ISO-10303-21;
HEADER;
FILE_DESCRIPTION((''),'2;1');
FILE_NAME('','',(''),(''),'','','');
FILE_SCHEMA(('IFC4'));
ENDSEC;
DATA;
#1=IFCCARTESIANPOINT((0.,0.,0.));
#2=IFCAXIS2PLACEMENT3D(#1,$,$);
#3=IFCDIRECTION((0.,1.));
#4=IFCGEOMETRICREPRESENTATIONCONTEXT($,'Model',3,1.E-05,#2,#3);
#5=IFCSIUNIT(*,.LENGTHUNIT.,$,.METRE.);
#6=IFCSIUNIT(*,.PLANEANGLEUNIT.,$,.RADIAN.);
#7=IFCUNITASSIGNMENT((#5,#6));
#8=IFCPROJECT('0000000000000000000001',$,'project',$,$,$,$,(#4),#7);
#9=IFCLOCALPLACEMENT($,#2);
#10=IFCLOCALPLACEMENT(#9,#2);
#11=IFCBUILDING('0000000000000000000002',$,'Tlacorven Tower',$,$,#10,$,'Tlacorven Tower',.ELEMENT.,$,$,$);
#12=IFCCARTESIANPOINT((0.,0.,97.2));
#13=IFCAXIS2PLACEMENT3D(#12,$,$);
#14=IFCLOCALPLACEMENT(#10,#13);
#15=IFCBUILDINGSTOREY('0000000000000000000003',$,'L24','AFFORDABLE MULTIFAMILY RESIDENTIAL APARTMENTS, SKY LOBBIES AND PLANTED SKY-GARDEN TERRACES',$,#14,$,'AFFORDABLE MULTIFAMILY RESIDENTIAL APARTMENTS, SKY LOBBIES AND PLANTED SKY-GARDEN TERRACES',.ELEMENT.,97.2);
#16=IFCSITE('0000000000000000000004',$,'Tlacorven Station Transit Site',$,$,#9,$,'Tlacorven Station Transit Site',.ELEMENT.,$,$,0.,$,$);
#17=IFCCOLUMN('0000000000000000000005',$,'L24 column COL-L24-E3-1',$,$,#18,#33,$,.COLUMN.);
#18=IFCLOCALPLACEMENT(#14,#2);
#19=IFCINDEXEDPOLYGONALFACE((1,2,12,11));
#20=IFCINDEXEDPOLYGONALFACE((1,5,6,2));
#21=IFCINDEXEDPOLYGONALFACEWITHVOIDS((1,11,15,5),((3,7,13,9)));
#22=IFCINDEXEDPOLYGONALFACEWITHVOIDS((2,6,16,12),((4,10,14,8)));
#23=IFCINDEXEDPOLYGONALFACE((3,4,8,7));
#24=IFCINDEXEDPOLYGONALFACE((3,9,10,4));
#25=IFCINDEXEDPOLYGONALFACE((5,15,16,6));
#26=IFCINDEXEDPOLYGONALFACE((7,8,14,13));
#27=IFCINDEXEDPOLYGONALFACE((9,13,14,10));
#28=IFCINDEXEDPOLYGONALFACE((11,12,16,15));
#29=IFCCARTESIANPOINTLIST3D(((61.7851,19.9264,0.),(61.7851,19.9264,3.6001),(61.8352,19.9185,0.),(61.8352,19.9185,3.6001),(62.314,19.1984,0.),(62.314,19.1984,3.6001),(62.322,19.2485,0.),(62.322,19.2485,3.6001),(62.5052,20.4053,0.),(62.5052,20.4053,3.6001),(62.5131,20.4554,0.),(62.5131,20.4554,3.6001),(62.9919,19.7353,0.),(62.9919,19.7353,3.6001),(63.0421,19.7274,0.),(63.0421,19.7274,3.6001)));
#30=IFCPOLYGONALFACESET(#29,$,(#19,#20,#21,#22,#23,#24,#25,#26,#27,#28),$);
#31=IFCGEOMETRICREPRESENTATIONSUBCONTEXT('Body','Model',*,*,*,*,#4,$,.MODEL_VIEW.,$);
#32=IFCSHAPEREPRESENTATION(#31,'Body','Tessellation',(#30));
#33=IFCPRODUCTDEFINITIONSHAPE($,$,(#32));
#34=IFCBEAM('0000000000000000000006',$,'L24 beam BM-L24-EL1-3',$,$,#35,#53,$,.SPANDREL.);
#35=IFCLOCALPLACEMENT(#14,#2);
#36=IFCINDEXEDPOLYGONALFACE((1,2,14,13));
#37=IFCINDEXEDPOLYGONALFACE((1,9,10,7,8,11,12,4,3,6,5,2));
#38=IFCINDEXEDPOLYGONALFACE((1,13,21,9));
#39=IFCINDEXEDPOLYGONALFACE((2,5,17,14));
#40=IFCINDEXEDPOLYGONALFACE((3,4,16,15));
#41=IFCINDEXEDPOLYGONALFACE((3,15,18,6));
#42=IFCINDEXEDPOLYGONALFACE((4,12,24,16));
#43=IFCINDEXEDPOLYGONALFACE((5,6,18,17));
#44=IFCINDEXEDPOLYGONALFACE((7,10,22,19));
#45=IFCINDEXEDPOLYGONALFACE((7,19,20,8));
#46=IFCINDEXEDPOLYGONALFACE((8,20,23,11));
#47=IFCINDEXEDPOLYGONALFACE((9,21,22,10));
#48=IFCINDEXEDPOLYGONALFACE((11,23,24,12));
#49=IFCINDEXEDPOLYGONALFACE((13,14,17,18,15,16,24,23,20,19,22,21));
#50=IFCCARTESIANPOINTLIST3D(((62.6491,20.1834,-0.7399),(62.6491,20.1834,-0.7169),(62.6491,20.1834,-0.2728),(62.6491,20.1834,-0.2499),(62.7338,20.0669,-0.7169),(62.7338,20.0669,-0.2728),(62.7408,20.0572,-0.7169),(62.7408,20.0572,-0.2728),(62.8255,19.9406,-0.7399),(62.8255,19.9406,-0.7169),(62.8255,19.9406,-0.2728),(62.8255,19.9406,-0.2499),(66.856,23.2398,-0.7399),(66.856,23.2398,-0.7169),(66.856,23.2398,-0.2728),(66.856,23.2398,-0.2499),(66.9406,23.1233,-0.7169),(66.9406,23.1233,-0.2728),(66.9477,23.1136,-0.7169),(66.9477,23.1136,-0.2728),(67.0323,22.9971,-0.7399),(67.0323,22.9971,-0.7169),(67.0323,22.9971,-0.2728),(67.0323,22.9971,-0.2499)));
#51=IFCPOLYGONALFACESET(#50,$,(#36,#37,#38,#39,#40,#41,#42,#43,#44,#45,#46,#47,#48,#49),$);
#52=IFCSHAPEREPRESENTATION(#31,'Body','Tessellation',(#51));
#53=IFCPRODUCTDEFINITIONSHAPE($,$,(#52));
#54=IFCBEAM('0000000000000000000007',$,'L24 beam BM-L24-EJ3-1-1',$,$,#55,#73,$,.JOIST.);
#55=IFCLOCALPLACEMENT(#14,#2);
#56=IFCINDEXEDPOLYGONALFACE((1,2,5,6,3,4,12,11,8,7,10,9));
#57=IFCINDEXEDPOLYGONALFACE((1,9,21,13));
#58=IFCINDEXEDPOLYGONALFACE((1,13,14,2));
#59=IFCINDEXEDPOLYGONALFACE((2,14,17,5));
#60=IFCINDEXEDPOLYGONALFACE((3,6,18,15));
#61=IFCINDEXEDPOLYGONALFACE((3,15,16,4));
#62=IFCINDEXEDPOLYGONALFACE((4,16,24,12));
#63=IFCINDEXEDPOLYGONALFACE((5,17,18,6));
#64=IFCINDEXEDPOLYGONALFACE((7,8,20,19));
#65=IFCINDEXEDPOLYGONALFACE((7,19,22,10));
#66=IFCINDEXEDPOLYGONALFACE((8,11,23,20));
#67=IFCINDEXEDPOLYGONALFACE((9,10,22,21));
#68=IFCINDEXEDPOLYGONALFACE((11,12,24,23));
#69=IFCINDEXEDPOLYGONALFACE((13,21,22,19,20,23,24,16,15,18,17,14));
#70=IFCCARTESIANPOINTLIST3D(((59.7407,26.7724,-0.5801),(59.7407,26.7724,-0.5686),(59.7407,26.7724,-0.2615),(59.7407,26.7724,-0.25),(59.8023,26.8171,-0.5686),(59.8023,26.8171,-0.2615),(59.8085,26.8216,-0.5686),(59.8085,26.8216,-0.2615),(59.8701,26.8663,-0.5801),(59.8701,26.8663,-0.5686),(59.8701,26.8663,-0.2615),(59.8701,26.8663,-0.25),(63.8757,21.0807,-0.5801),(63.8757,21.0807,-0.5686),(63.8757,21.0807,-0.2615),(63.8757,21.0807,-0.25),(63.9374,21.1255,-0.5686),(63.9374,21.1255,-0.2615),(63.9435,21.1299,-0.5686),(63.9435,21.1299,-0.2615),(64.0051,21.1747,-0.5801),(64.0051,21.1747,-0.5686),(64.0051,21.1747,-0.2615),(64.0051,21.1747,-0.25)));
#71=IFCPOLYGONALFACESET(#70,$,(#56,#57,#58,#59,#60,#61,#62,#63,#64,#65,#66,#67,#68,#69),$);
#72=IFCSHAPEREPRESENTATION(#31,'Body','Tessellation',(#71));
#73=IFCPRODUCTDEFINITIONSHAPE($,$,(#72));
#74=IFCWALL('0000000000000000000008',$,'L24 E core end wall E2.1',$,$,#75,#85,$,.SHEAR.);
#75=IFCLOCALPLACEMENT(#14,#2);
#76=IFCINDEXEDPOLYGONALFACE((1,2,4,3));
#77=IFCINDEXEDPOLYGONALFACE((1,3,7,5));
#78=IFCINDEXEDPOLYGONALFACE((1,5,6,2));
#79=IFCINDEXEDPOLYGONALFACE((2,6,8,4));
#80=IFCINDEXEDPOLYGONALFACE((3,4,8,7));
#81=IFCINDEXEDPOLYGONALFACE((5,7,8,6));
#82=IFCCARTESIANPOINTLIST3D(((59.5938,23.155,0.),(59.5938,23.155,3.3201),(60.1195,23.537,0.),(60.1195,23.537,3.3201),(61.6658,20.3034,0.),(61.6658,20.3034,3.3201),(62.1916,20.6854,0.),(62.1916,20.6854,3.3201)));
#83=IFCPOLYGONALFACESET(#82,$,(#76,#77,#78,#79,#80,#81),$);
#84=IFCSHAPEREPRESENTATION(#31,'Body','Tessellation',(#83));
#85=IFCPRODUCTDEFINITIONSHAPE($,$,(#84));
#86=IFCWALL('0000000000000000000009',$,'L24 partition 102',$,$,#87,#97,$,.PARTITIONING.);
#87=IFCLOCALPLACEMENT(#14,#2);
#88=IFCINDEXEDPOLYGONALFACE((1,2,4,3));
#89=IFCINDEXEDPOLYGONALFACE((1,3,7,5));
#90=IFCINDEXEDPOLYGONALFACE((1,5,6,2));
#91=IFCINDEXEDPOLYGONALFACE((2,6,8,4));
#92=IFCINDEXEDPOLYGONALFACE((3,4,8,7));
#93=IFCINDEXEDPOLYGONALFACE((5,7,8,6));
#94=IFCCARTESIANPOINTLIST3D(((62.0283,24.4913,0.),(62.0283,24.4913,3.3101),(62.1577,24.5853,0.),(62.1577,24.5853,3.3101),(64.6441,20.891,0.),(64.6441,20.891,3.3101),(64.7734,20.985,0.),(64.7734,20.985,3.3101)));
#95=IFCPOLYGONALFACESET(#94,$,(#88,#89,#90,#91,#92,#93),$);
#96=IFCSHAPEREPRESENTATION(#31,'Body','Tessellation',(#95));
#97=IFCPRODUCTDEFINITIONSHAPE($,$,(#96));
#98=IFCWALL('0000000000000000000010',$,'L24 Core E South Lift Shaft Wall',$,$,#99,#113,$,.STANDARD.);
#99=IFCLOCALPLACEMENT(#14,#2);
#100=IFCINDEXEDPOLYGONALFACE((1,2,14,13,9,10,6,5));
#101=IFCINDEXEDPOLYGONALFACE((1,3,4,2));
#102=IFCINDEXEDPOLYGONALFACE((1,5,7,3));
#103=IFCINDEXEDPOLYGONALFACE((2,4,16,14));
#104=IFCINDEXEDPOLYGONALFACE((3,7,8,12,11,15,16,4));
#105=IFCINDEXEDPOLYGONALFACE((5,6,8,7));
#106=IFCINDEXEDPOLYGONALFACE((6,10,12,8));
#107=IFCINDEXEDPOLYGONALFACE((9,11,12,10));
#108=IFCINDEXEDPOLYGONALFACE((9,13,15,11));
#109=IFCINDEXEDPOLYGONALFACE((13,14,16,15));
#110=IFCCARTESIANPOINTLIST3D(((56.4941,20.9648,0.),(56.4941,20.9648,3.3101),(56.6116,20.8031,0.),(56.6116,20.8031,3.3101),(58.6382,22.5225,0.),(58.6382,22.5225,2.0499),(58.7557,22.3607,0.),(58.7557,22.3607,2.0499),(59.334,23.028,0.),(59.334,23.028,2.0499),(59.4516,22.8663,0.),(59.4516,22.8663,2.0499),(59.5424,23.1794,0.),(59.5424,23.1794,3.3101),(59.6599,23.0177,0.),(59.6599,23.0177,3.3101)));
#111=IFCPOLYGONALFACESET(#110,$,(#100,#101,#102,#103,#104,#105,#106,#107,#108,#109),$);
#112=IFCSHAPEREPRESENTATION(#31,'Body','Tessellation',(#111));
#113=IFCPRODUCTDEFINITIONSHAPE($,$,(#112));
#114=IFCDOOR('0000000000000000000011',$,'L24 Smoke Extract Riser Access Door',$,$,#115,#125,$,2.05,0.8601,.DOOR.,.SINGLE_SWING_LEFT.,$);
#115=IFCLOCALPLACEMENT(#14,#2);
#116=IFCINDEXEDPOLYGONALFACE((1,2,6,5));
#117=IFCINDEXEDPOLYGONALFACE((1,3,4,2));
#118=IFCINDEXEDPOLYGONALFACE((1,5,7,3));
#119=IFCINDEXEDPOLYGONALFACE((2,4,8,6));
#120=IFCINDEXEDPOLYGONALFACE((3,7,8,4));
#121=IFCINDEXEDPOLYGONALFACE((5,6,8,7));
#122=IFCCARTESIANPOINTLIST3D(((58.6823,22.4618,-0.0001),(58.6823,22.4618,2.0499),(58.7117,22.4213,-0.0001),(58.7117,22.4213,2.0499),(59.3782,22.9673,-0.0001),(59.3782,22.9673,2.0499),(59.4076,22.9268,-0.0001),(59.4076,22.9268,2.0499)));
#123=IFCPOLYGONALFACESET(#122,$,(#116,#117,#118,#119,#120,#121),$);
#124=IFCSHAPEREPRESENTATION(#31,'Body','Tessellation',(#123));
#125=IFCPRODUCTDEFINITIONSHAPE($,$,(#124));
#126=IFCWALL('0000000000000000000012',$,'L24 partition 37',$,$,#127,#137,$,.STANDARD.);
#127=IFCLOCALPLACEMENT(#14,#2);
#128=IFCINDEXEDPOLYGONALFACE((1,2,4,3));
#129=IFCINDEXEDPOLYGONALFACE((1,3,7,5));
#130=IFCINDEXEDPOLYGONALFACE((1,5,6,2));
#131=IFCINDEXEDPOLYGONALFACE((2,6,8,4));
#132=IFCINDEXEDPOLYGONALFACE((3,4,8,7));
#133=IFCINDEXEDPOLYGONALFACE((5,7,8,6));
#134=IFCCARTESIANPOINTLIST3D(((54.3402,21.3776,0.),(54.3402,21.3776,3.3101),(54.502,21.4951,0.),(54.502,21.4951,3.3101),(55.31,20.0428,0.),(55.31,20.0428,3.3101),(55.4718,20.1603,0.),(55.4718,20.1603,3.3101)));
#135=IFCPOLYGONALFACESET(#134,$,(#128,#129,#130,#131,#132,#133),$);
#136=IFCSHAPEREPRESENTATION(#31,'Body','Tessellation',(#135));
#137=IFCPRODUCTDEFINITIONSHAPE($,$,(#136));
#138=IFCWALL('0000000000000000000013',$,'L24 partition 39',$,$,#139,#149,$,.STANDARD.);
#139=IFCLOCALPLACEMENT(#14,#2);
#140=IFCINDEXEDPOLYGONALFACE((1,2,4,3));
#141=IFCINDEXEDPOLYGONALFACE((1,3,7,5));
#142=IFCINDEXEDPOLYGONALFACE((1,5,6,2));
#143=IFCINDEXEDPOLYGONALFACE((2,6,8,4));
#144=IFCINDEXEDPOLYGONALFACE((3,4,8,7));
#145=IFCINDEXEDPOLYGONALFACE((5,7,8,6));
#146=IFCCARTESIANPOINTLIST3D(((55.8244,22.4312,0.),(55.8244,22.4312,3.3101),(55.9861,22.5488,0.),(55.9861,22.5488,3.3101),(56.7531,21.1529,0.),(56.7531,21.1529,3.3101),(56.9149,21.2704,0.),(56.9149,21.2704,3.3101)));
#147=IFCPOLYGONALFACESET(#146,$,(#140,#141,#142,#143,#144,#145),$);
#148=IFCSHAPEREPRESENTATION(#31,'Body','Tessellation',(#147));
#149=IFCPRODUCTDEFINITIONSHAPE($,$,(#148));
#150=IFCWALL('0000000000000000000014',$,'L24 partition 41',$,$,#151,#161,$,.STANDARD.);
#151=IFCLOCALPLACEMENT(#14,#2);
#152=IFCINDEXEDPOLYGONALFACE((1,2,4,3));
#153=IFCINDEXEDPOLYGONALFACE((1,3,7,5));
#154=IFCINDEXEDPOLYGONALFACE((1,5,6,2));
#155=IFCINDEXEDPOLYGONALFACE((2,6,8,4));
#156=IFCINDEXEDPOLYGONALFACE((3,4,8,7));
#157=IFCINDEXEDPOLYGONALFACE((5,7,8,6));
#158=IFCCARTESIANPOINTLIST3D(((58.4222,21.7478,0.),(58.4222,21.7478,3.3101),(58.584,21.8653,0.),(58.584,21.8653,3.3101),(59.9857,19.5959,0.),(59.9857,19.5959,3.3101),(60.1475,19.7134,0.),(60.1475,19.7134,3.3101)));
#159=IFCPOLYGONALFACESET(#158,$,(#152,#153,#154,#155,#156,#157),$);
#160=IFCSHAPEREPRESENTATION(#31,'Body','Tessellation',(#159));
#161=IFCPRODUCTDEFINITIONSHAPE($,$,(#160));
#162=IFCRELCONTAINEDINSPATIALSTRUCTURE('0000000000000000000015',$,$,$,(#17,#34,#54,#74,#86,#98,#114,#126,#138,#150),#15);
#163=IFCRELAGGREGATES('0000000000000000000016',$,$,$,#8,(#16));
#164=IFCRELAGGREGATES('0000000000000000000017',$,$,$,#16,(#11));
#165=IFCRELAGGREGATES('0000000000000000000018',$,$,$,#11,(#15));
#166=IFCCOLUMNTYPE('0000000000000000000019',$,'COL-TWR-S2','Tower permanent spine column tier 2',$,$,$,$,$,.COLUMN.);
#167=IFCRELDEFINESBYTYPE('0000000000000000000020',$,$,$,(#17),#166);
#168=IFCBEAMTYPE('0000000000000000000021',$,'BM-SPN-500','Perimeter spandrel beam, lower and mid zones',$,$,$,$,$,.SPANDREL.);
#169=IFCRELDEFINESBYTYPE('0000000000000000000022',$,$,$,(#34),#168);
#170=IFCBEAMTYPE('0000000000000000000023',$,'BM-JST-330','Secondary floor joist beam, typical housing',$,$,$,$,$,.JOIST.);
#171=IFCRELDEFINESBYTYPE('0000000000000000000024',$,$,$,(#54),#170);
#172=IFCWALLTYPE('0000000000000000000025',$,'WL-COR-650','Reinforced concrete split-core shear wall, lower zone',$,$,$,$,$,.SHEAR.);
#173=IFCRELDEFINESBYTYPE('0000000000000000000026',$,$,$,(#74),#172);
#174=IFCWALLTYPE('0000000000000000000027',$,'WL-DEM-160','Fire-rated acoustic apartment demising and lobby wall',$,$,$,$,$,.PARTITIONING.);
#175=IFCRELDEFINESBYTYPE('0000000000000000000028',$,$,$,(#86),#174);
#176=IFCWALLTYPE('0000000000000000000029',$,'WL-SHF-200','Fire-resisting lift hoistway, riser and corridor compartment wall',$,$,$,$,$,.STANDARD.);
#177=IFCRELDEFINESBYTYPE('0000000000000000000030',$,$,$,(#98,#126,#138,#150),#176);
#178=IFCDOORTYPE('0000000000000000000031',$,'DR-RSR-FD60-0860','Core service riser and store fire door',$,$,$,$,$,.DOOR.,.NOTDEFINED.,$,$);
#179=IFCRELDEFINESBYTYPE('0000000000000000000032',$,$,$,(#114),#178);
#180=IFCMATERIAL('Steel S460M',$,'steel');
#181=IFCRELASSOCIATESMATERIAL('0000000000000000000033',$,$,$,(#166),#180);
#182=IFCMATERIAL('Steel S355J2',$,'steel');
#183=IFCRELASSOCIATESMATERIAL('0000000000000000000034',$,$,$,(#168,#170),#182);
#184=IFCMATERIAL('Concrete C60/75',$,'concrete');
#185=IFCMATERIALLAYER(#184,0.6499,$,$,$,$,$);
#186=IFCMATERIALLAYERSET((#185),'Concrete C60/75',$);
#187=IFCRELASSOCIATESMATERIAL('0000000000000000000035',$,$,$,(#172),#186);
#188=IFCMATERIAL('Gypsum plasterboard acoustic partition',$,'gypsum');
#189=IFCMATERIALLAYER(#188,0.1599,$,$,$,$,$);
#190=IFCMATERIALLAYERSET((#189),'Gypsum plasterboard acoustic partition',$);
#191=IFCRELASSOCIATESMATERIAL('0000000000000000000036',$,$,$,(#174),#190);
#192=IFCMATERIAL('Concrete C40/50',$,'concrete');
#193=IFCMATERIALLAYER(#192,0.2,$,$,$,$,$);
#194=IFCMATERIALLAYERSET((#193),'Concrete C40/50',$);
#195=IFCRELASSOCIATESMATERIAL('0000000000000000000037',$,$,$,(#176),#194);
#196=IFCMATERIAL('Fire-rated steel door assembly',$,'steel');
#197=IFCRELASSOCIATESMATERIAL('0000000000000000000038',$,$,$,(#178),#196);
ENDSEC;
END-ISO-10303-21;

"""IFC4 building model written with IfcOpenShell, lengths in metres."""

from ifc_helpers import new_model, si_unit, direction, frame, frame_2d, origin, origin_2d, place, context, subcontext, project, spatial, rectangle, hollow_rectangle, i_section, extrude, source, transform, mapped, material, layer, layer_set, material_profile, profile_set, type_object, element, fill, save


model = new_model("IFC4")

# Units and contexts
model_context = context("Model", 3, precision=1e-05, world=origin(), true_north=direction((0.0, 1.0)))
body_context = subcontext(model_context, "Body", "Model", "MODEL_VIEW")
ifc_project = project(units=[si_unit("LENGTHUNIT", "METRE"), si_unit("PLANEANGLEUNIT", "RADIAN")], contexts=[model_context])

# Site, building, storey
site_placement = place(None, origin())
site = spatial("IfcSite", under=ifc_project, at=site_placement, Name="Tlacorven Station Transit Site", LongName="Tlacorven Station Transit Site", CompositionType="ELEMENT", RefElevation=0.0)
building_placement = place(site_placement, origin())
building = spatial("IfcBuilding", under=site, at=building_placement, Name="Tlacorven Tower", LongName="Tlacorven Tower", CompositionType="ELEMENT")
storey_placement = place(building_placement, frame((0.0, 0.0, 97.2)))
storey = spatial("IfcBuildingStorey", under=building, at=storey_placement, Name="L24", Description="AFFORDABLE MULTIFAMILY RESIDENTIAL APARTMENTS, SKY LOBBIES AND PLANTED SKY-GARDEN TERRACES", LongName="AFFORDABLE MULTIFAMILY RESIDENTIAL APARTMENTS, SKY LOBBIES AND PLANTED SKY-GARDEN TERRACES", CompositionType="ELEMENT", Elevation=97.2)

# Column
ifc_material_1 = material(Name="Steel S460M", Category="steel")
ifc_material_profile_1 = material_profile(ifc_material_1, hollow_rectangle(XDim=0.8999, YDim=0.8999, WallThickness=0.0359, at=origin_2d()), Name="BOX 900X900X36")
ifc_profile_set_1 = profile_set([ifc_material_profile_1], Name="Steel S460M")
column_type = type_object("IfcColumnType", Name="COL-TWR-S2", Description="Tower permanent spine column tier 2", PredefinedType="COLUMN", material=ifc_profile_set_1)
shared_shape_1 = source(origin(), body_context, "Body", "SweptSolid", [
    extrude(hollow_rectangle(XDim=0.8999, YDim=0.8999, WallThickness=0.0359, at=origin_2d()), origin(), (0.0, 0.0, 1.0), 3.6001),
])
column_placement = place(storey_placement, frame((62.4136, 19.8269, 0.0), z_axis=(0.0, 0.0, 1.0), x_axis=(0.809017, 0.587785, 0.0)))
element("IfcColumn", 1, at=column_placement, inside=storey, type_object=column_type, Name="L24 column COL-L24-E3-1", PredefinedType="COLUMN", context=body_context, shape_type="MappedRepresentation", body=[
    mapped(shared_shape_1, transform((0.0, 0.0, 0.0), scale=1.0)),
])

# Beams
ifc_material_2 = material(Name="Steel S355J2", Category="steel")
ifc_material_profile_2 = material_profile(ifc_material_2, i_section(OverallWidth=0.3, OverallDepth=0.49, WebThickness=0.012, FlangeThickness=0.0229, at=origin_2d()), Name="HEA 500")
ifc_profile_set_2 = profile_set([ifc_material_profile_2], Name="Steel S355J2")
beam_type_1 = type_object("IfcBeamType", Name="BM-SPN-500", Description="Perimeter spandrel beam, lower and mid zones", PredefinedType="SPANDREL", material=ifc_profile_set_2)
shared_shape_2 = source(origin(), body_context, "Body", "SweptSolid", [
    extrude(i_section(OverallWidth=0.3, OverallDepth=0.49, WebThickness=0.012, FlangeThickness=0.0229, at=origin_2d()), origin(), (0.0, 0.0, 1.0), 5.2),
])
beam_1_placement = place(storey_placement, frame((62.7373, 20.062, -0.4949), z_axis=(0.809018, 0.587784, 0.0), x_axis=(-0.587784, 0.809018, 0.0)))
element("IfcBeam", 2, at=beam_1_placement, inside=storey, type_object=beam_type_1, Name="L24 beam BM-L24-EL1-3", PredefinedType="SPANDREL", context=body_context, shape_type="MappedRepresentation", body=[
    mapped(shared_shape_2, transform((0.0, 0.0, 0.0), scale=1.0)),
])
ifc_material_profile_3 = material_profile(ifc_material_2, i_section(OverallWidth=0.1599, OverallDepth=0.3301, WebThickness=0.0076, FlangeThickness=0.0115, at=origin_2d()), Name="IPE 330")
ifc_profile_set_3 = profile_set([ifc_material_profile_3], Name="Steel S355J2")
beam_type_2 = type_object("IfcBeamType", Name="BM-JST-330", Description="Secondary floor joist beam, typical housing", PredefinedType="JOIST", material=ifc_profile_set_3)
shared_shape_3 = source(origin(), body_context, "Body", "SweptSolid", [
    extrude(i_section(OverallWidth=0.1599, OverallDepth=0.3301, WebThickness=0.0076, FlangeThickness=0.0115, at=origin_2d()), origin(), (0.0, 0.0, 1.0), 7.0352),
])
beam_2_placement = place(storey_placement, frame((63.9404, 21.1277, -0.415), z_axis=(-0.587765, 0.809032, 0.0), x_axis=(-0.809032, -0.587765, 0.0)))
element("IfcBeam", 3, at=beam_2_placement, inside=storey, type_object=beam_type_2, Name="L24 beam BM-L24-EJ3-1-1", PredefinedType="JOIST", context=body_context, shape_type="MappedRepresentation", body=[
    mapped(shared_shape_3, transform((0.0, 0.0, 0.0), scale=1.0)),
])

# Walls
ifc_material_3 = material(Name="Concrete C60/75", Category="concrete")
ifc_layer_1 = layer(ifc_material_3, 0.6499)
ifc_layer_set_1 = layer_set([ifc_layer_1], Name="Concrete C60/75")
wall_type_1 = type_object("IfcWallType", Name="WL-COR-650", Description="Reinforced concrete split-core shear wall, lower zone", PredefinedType="SHEAR", material=ifc_layer_set_1)
wall_1_placement = place(storey_placement, frame((61.9287, 20.4944, 0.0), z_axis=(0.0, 0.0, 1.0), x_axis=(-0.58783, 0.808985, 0.0)))
element("IfcWall", 4, at=wall_1_placement, inside=storey, type_object=wall_type_1, Name="L24 E core end wall E2.1", PredefinedType="SHEAR", context=body_context, shape_type="SweptSolid", body=[
    extrude(rectangle(XDim=3.5249, YDim=0.6499, at=frame_2d((1.7625, 0.0))), origin(), (0.0, 0.0, 1.0), 3.3201),
])
ifc_material_4 = material(Name="Gypsum plasterboard acoustic partition", Category="gypsum")
ifc_layer_2 = layer(ifc_material_4, 0.1599)
ifc_layer_set_2 = layer_set([ifc_layer_2], Name="Gypsum plasterboard acoustic partition")
wall_type_2 = type_object("IfcWallType", Name="WL-DEM-160", Description="Fire-rated acoustic apartment demising and lobby wall", PredefinedType="PARTITIONING", material=ifc_layer_set_2)
wall_2_placement = place(storey_placement, frame((64.7087, 20.938, 0.0), z_axis=(0.0, 0.0, 1.0), x_axis=(-0.587774, 0.809025, 0.0)))
element("IfcWall", 5, at=wall_2_placement, inside=storey, type_object=wall_type_2, Name="L24 partition 102", PredefinedType="PARTITIONING", context=body_context, shape_type="SweptSolid", body=[
    extrude(rectangle(XDim=4.4502, YDim=0.1599, at=frame_2d((2.2251, 0.0))), origin(), (0.0, 0.0, 1.0), 3.3101),
])

# Wall, opening, door
ifc_material_5 = material(Name="Concrete C40/50", Category="concrete")
ifc_layer_3 = layer(ifc_material_5, 0.2)
ifc_layer_set_3 = layer_set([ifc_layer_3], Name="Concrete C40/50")
wall_type_3 = type_object("IfcWallType", Name="WL-SHF-200", Description="Fire-resisting lift hoistway, riser and corridor compartment wall", PredefinedType="STANDARD", material=ifc_layer_set_3)
wall_3_placement = place(storey_placement, frame((56.553, 20.884, 0.0), z_axis=(0.0, 0.0, 1.0), x_axis=(0.809036, 0.587759, 0.0)))
wall_3 = element("IfcWall", 6, at=wall_3_placement, inside=storey, type_object=wall_type_3, Name="L24 Core E South Lift Shaft Wall", PredefinedType="STANDARD", context=body_context, shape_type="SweptSolid", body=[
    extrude(rectangle(XDim=3.7678, YDim=0.2, at=frame_2d((1.8838, 0.0))), origin(), (0.0, 0.0, 1.0), 3.3101),
])
opening_1_placement = place(wall_3_placement, frame((2.6499, 0.0, 0.0)))
opening_1 = element("IfcOpeningElement", 7, at=opening_1_placement, cuts=wall_3, PredefinedType="OPENING", context=body_context, shape_type="SweptSolid", body=[
    extrude(rectangle(XDim=0.8601, YDim=2.05, at=frame_2d((0.4302, 1.0249))), frame((0.0, 0.1099, 0.0), z_axis=(0.0, -1.0, 0.0), x_axis=(1.0, 0.0, 0.0)), (0.0, 0.0, 1.0), 0.22),
])
ifc_material_6 = material(Name="Fire-rated steel door assembly", Category="steel")
door_type_1 = type_object("IfcDoorType", Name="DR-RSR-FD60-0860", Description="Core service riser and store fire door", OperationType="NOTDEFINED", PredefinedType="DOOR", material=ifc_material_6)
shared_shape_4 = source(origin(), body_context, "Body", "SweptSolid", [
    extrude(rectangle(XDim=0.8601, YDim=2.05, at=frame_2d((0.4302, 1.0249))), frame((0.0, 0.0249, 0.0), z_axis=(0.0, -1.0, 0.0), x_axis=(1.0, 0.0, 0.0)), (0.0, 0.0, 1.0), 0.05),
])
door_1_placement = place(opening_1_placement, origin())
door_1 = element("IfcDoor", 8, at=door_1_placement, inside=storey, type_object=door_type_1, Name="L24 Smoke Extract Riser Access Door", OperationType="SINGLE_SWING_LEFT", OverallHeight=2.05, OverallWidth=0.8601, PredefinedType="DOOR", context=body_context, shape_type="MappedRepresentation", body=[
    mapped(shared_shape_4, transform((0.0, 0.0, 0.0), scale=1.0)),
])
fill(opening_1, door_1)

# Walls
wall_4_placement = place(storey_placement, frame((55.3909, 20.1016, 0.0), z_axis=(0.0, 0.0, 1.0), x_axis=(-0.587784, 0.809018, 0.0)))
element("IfcWall", 9, at=wall_4_placement, inside=storey, type_object=wall_type_3, Name="L24 partition 37", PredefinedType="STANDARD", context=body_context, shape_type="SweptSolid", body=[
    extrude(rectangle(XDim=1.6499, YDim=0.2, at=frame_2d((0.825, 0.0))), origin(), (0.0, 0.0, 1.0), 3.3101),
])
wall_5_placement = place(storey_placement, frame((56.834, 21.2117, 0.0), z_axis=(0.0, 0.0, 1.0), x_axis=(-0.587767, 0.80903, 0.0)))
element("IfcWall", 10, at=wall_5_placement, inside=storey, type_object=wall_type_3, Name="L24 partition 39", PredefinedType="STANDARD", context=body_context, shape_type="SweptSolid", body=[
    extrude(rectangle(XDim=1.5801, YDim=0.2, at=frame_2d((0.79, 0.0))), origin(), (0.0, 0.0, 1.0), 3.3101),
])
wall_6_placement = place(storey_placement, frame((60.0667, 19.6545, 0.0), z_axis=(0.0, 0.0, 1.0), x_axis=(-0.587801, 0.809006, 0.0)))
element("IfcWall", 11, at=wall_6_placement, inside=storey, type_object=wall_type_3, Name="L24 partition 41", PredefinedType="STANDARD", context=body_context, shape_type="SweptSolid", body=[
    extrude(rectangle(XDim=2.6599, YDim=0.2, at=frame_2d((1.3301, 0.0))), origin(), (0.0, 0.0, 1.0), 3.3101),
])

save(model, "model.ifc")
